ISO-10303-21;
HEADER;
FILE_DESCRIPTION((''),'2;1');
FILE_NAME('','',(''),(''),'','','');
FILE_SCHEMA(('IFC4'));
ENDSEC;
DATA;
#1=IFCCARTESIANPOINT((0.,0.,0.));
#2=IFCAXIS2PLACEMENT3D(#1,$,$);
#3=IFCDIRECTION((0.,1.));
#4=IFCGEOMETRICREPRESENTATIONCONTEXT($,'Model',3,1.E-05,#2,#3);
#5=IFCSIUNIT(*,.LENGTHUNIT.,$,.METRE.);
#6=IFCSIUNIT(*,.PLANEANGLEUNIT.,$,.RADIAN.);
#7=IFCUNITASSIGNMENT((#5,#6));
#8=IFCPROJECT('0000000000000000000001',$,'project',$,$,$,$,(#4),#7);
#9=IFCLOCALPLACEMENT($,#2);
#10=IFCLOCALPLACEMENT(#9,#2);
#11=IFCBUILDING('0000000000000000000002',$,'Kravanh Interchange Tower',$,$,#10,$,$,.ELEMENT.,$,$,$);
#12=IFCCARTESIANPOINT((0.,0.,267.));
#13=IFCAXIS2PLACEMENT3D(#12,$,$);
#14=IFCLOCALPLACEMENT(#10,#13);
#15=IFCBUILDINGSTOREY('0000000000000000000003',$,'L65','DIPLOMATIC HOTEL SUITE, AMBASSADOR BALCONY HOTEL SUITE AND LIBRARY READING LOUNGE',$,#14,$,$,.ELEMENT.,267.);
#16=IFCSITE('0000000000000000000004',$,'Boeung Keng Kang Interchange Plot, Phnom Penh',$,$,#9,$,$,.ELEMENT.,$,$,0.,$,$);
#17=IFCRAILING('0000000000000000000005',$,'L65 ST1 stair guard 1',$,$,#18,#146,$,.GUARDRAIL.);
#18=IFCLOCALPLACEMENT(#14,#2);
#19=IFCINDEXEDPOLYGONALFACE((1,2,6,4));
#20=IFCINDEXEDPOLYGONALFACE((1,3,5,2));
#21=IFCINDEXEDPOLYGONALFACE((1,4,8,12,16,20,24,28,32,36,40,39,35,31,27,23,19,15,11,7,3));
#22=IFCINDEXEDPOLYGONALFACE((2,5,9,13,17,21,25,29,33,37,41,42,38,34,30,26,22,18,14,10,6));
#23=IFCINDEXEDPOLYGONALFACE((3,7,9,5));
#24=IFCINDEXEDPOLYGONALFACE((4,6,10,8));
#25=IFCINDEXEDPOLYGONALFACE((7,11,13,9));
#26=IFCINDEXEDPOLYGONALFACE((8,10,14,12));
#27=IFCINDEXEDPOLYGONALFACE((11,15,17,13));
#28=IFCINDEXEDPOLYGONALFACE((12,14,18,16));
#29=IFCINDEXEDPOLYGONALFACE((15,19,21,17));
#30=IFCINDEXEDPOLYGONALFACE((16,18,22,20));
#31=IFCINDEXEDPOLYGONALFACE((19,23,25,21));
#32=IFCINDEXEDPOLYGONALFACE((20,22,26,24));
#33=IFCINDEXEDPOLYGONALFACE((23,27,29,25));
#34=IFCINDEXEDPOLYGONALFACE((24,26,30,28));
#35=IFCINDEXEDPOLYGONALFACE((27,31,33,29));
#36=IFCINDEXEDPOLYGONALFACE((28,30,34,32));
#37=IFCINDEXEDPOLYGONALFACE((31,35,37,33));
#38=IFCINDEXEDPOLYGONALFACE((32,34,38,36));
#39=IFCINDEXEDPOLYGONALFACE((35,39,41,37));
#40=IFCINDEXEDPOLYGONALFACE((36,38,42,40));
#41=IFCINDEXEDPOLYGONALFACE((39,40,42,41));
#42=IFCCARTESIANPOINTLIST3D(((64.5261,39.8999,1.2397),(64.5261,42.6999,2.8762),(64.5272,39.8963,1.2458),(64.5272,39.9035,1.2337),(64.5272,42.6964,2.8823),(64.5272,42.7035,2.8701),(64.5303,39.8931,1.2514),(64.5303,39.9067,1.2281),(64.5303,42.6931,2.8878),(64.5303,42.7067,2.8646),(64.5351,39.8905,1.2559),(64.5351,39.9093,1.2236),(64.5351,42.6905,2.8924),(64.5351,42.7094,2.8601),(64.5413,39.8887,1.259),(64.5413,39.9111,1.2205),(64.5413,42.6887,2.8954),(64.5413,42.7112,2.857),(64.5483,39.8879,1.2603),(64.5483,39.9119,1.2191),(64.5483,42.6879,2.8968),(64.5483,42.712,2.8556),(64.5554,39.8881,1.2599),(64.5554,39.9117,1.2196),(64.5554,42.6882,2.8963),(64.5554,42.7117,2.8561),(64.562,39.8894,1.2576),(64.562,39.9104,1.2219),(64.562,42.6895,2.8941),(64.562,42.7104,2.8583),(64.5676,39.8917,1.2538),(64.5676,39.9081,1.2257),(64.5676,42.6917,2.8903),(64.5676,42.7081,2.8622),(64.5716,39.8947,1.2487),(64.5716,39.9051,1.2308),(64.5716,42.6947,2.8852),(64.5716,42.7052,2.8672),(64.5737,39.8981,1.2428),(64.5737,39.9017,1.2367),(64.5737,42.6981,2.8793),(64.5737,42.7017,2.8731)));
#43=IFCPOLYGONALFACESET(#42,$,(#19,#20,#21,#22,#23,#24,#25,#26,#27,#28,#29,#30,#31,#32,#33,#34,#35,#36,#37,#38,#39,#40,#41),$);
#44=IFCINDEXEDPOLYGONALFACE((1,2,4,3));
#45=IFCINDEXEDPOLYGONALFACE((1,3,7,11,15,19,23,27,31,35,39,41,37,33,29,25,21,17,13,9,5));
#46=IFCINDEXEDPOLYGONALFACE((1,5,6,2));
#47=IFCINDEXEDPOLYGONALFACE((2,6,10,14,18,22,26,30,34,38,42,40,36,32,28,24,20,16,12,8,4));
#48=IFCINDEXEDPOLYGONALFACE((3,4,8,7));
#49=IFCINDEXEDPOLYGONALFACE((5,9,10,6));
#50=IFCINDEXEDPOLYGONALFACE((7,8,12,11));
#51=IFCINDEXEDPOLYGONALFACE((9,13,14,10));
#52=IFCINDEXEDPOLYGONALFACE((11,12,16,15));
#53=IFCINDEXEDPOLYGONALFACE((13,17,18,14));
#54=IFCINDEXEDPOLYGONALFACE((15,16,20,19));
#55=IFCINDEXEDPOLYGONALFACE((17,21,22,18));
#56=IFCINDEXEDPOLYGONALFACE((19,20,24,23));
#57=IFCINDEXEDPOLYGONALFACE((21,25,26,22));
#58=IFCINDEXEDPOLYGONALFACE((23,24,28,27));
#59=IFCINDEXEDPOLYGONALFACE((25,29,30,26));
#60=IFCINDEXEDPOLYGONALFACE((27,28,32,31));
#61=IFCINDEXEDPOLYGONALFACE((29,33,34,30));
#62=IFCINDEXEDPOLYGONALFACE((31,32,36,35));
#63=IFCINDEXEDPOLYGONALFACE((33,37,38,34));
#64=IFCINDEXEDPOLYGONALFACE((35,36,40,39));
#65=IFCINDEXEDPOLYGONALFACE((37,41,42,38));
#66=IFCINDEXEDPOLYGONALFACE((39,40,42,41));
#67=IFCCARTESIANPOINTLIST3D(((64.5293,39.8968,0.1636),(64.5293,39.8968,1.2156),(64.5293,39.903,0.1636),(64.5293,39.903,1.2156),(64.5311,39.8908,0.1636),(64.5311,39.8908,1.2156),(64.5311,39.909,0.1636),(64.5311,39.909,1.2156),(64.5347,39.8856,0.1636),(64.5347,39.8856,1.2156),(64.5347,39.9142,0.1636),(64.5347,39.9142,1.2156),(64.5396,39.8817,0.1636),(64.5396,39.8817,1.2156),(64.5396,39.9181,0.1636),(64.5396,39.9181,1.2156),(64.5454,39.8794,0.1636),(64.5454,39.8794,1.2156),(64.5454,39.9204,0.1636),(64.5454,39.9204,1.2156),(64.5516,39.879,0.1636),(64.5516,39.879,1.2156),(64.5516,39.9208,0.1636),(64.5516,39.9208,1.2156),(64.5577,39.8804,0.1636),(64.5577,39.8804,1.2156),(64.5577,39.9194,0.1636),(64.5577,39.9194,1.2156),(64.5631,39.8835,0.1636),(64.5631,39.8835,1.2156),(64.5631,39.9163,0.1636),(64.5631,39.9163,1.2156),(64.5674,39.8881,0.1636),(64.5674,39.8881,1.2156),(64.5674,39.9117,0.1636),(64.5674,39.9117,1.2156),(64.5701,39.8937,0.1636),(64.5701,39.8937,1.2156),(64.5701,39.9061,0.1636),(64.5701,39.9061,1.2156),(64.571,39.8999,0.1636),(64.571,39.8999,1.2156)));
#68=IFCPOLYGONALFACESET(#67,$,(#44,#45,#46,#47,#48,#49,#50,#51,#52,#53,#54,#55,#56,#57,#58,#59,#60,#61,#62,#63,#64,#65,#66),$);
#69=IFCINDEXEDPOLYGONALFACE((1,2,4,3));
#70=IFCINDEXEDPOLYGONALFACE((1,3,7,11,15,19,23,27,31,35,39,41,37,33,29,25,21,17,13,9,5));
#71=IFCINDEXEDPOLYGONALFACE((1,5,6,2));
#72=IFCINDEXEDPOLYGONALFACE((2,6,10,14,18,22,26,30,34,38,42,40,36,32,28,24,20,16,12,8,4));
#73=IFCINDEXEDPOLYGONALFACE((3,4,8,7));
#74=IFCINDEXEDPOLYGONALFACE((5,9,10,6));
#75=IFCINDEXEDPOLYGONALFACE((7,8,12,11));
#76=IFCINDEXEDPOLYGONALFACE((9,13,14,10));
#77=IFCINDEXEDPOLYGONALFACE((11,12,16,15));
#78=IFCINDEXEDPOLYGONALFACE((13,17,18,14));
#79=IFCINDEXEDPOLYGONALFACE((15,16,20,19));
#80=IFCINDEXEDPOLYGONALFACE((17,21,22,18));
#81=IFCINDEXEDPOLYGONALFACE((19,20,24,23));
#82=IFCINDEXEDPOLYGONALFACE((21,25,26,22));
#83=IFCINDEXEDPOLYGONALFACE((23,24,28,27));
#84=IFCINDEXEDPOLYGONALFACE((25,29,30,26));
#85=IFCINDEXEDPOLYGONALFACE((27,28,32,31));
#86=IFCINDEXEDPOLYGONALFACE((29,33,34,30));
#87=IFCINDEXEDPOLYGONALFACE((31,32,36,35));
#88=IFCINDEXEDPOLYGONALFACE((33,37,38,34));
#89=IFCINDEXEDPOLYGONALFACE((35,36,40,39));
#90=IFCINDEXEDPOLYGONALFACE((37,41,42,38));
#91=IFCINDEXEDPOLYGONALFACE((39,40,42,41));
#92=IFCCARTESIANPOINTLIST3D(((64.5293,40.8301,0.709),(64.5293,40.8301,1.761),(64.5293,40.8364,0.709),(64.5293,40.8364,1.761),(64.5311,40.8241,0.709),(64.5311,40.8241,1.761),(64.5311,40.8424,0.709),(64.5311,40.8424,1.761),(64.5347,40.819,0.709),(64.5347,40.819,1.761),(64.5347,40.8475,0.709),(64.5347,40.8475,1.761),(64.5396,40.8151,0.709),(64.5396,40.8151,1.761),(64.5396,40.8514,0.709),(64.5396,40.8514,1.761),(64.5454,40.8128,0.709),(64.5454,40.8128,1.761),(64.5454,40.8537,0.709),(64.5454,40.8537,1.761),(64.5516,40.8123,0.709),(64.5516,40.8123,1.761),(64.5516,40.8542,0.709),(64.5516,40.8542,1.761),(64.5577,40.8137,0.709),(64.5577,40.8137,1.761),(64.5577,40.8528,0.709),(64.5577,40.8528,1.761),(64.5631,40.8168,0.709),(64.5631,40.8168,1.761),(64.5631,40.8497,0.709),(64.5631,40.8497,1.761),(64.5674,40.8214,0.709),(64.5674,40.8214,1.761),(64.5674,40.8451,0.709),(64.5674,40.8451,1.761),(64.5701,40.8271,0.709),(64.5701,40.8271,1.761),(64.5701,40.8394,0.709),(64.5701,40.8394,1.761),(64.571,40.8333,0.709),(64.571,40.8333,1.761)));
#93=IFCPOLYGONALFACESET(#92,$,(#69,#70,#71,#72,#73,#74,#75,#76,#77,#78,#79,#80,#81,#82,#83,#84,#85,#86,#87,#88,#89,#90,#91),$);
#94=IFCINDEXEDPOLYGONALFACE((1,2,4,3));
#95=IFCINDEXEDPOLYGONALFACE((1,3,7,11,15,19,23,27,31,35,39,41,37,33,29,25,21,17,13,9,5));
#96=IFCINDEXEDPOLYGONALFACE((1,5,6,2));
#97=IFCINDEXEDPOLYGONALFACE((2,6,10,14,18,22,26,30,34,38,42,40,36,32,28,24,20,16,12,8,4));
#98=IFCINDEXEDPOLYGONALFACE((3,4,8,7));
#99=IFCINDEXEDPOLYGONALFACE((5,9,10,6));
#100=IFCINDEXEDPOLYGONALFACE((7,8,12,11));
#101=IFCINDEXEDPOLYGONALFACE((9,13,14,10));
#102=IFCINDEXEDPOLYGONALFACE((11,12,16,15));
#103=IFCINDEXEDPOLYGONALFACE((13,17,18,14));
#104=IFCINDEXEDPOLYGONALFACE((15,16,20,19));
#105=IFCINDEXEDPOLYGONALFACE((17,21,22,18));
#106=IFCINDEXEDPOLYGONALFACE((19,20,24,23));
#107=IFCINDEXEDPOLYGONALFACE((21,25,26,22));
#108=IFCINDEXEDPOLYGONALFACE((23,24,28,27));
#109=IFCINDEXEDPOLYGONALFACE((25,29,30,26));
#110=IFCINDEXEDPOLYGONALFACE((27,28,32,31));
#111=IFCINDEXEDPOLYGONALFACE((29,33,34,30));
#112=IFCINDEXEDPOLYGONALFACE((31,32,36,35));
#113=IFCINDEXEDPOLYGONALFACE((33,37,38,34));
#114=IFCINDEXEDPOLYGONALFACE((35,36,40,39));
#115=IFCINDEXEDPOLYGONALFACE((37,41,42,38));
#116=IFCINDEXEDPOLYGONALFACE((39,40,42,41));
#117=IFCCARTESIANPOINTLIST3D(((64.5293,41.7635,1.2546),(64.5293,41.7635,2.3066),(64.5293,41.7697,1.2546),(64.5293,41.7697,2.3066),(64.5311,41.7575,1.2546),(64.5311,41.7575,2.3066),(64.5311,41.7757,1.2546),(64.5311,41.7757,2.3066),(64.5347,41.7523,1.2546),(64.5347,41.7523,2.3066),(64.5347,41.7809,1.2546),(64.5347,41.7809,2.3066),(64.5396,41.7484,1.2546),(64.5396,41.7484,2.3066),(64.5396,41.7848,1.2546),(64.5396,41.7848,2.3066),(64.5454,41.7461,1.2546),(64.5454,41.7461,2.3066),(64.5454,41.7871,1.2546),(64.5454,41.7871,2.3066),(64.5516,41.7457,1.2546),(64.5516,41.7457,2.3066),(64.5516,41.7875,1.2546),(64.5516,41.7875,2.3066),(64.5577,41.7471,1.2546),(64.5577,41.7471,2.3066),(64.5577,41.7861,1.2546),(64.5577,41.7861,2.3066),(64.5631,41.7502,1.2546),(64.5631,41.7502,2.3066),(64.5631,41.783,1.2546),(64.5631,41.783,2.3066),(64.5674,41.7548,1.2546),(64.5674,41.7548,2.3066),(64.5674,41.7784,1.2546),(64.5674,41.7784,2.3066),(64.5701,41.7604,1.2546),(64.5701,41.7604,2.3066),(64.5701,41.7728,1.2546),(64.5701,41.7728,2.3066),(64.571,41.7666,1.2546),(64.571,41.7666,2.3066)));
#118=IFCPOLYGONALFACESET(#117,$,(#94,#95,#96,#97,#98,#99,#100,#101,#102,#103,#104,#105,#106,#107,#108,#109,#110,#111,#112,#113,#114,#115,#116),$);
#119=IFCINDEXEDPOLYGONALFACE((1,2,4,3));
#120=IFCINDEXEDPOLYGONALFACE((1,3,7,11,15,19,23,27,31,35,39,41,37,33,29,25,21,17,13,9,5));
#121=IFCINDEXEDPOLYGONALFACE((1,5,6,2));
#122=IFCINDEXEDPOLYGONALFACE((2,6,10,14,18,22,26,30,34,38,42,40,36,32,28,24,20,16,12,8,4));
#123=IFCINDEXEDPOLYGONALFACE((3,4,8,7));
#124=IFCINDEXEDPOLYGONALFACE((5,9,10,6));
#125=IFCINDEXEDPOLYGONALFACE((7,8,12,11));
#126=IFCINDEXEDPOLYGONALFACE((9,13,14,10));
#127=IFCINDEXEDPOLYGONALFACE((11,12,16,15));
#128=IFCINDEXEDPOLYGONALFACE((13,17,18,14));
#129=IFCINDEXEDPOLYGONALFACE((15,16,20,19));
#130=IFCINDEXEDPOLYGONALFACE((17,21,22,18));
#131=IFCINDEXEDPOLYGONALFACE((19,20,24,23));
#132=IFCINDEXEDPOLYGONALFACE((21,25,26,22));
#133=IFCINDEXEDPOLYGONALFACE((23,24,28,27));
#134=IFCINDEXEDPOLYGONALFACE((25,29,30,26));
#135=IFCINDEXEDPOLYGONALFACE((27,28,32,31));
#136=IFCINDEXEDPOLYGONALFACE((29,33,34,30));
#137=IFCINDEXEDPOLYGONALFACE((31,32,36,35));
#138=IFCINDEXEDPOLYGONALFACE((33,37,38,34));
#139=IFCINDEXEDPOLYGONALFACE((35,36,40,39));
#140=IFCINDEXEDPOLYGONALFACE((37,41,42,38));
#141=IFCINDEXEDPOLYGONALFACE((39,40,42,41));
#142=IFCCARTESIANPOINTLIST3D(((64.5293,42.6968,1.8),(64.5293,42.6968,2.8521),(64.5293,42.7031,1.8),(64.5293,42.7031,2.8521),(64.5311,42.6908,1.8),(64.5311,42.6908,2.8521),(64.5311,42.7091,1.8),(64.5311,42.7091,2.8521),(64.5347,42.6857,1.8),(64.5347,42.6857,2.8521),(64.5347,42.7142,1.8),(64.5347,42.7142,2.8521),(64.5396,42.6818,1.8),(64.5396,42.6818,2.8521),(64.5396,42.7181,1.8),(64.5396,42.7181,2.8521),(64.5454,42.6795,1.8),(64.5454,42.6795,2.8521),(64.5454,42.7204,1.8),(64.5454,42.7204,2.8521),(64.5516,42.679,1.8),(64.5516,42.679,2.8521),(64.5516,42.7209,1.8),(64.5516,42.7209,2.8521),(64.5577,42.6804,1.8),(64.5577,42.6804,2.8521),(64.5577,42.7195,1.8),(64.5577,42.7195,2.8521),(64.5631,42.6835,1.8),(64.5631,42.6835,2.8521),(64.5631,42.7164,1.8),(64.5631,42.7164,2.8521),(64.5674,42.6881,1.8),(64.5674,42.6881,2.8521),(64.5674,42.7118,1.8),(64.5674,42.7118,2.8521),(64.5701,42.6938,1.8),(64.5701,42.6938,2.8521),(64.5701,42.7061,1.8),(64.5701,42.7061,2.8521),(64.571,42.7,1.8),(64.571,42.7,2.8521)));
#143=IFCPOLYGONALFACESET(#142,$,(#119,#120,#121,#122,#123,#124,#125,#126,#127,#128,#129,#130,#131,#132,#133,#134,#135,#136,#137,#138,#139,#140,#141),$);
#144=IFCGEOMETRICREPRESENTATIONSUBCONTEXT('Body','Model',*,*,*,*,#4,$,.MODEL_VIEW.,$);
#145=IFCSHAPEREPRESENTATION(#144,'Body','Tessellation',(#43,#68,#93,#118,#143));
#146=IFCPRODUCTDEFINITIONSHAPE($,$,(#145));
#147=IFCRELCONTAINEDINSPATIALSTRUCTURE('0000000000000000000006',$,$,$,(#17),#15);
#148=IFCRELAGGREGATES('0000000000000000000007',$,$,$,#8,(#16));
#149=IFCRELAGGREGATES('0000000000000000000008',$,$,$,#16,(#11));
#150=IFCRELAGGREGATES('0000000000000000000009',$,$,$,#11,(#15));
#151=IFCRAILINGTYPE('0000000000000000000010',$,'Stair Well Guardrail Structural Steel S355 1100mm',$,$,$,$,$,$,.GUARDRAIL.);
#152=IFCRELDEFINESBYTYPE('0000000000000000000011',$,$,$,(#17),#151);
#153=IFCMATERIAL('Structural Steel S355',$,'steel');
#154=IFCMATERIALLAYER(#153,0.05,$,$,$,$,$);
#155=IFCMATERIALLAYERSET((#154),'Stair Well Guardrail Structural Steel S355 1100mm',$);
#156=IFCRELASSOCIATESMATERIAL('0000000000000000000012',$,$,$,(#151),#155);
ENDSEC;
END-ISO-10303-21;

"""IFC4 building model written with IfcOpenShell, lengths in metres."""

from ifc_helpers import new_model, si_unit, direction, frame, origin, origin_2d, place, context, subcontext, project, spatial, circle, extrude, material, layer, layer_set, type_object, element, save


model = new_model("IFC4")

# Units and contexts
model_context = context("Model", 3, precision=1e-05, world=origin(), true_north=direction((0.0, 1.0)))
body_context = subcontext(model_context, "Body", "Model", "MODEL_VIEW")
ifc_project = project(units=[si_unit("LENGTHUNIT", "METRE"), si_unit("PLANEANGLEUNIT", "RADIAN")], contexts=[model_context])

# Site, building, storey
site_placement = place(None, origin())
site = spatial("IfcSite", under=ifc_project, at=site_placement, Name="Boeung Keng Kang Interchange Plot, Phnom Penh", CompositionType="ELEMENT", RefElevation=0.0)
building_placement = place(site_placement, origin())
building = spatial("IfcBuilding", under=site, at=building_placement, Name="Kravanh Interchange Tower", CompositionType="ELEMENT")
storey_placement = place(building_placement, frame((0.0, 0.0, 267.0)))
storey = spatial("IfcBuildingStorey", under=building, at=storey_placement, Name="L65", Description="DIPLOMATIC HOTEL SUITE, AMBASSADOR BALCONY HOTEL SUITE AND LIBRARY READING LOUNGE", CompositionType="ELEMENT", Elevation=267.0)

# Railing
ifc_material_1 = material(Name="Structural Steel S355", Category="steel")
ifc_layer_1 = layer(ifc_material_1, 0.05)
ifc_layer_set_1 = layer_set([ifc_layer_1], Name="Stair Well Guardrail Structural Steel S355 1100mm")
railing_type_1 = type_object("IfcRailingType", Name="Stair Well Guardrail Structural Steel S355 1100mm", PredefinedType="GUARDRAIL", material=ifc_layer_set_1)
railing_1_placement = place(storey_placement, frame((64.55, 39.8999, 0.1636)))
element("IfcRailing", 1, at=railing_1_placement, inside=storey, type_object=railing_type_1, Name="L65 ST1 stair guard 1", PredefinedType="GUARDRAIL", context=body_context, shape_type="SweptSolid", body=[
    extrude(circle(Radius=0.0239, at=origin_2d()), frame((0.0, 0.0, 1.0762), z_axis=(0.0, 0.863361, 0.504587), x_axis=(-1.0, 0.0, 0.0)), (0.0, 0.0, 1.0), 3.2432),
    extrude(circle(Radius=0.021, at=origin_2d()), origin(), (0.0, 0.0, 1.0), 1.052),
    extrude(circle(Radius=0.021, at=origin_2d()), frame((0.0, 0.9333, 0.5454)), (0.0, 0.0, 1.0), 1.052),
    extrude(circle(Radius=0.021, at=origin_2d()), frame((0.0, 1.8667, 1.0911)), (0.0, 0.0, 1.0), 1.052),
    extrude(circle(Radius=0.021, at=origin_2d()), frame((0.0, 2.8, 1.6365)), (0.0, 0.0, 1.0), 1.052),
])

save(model, "model.ifc")
